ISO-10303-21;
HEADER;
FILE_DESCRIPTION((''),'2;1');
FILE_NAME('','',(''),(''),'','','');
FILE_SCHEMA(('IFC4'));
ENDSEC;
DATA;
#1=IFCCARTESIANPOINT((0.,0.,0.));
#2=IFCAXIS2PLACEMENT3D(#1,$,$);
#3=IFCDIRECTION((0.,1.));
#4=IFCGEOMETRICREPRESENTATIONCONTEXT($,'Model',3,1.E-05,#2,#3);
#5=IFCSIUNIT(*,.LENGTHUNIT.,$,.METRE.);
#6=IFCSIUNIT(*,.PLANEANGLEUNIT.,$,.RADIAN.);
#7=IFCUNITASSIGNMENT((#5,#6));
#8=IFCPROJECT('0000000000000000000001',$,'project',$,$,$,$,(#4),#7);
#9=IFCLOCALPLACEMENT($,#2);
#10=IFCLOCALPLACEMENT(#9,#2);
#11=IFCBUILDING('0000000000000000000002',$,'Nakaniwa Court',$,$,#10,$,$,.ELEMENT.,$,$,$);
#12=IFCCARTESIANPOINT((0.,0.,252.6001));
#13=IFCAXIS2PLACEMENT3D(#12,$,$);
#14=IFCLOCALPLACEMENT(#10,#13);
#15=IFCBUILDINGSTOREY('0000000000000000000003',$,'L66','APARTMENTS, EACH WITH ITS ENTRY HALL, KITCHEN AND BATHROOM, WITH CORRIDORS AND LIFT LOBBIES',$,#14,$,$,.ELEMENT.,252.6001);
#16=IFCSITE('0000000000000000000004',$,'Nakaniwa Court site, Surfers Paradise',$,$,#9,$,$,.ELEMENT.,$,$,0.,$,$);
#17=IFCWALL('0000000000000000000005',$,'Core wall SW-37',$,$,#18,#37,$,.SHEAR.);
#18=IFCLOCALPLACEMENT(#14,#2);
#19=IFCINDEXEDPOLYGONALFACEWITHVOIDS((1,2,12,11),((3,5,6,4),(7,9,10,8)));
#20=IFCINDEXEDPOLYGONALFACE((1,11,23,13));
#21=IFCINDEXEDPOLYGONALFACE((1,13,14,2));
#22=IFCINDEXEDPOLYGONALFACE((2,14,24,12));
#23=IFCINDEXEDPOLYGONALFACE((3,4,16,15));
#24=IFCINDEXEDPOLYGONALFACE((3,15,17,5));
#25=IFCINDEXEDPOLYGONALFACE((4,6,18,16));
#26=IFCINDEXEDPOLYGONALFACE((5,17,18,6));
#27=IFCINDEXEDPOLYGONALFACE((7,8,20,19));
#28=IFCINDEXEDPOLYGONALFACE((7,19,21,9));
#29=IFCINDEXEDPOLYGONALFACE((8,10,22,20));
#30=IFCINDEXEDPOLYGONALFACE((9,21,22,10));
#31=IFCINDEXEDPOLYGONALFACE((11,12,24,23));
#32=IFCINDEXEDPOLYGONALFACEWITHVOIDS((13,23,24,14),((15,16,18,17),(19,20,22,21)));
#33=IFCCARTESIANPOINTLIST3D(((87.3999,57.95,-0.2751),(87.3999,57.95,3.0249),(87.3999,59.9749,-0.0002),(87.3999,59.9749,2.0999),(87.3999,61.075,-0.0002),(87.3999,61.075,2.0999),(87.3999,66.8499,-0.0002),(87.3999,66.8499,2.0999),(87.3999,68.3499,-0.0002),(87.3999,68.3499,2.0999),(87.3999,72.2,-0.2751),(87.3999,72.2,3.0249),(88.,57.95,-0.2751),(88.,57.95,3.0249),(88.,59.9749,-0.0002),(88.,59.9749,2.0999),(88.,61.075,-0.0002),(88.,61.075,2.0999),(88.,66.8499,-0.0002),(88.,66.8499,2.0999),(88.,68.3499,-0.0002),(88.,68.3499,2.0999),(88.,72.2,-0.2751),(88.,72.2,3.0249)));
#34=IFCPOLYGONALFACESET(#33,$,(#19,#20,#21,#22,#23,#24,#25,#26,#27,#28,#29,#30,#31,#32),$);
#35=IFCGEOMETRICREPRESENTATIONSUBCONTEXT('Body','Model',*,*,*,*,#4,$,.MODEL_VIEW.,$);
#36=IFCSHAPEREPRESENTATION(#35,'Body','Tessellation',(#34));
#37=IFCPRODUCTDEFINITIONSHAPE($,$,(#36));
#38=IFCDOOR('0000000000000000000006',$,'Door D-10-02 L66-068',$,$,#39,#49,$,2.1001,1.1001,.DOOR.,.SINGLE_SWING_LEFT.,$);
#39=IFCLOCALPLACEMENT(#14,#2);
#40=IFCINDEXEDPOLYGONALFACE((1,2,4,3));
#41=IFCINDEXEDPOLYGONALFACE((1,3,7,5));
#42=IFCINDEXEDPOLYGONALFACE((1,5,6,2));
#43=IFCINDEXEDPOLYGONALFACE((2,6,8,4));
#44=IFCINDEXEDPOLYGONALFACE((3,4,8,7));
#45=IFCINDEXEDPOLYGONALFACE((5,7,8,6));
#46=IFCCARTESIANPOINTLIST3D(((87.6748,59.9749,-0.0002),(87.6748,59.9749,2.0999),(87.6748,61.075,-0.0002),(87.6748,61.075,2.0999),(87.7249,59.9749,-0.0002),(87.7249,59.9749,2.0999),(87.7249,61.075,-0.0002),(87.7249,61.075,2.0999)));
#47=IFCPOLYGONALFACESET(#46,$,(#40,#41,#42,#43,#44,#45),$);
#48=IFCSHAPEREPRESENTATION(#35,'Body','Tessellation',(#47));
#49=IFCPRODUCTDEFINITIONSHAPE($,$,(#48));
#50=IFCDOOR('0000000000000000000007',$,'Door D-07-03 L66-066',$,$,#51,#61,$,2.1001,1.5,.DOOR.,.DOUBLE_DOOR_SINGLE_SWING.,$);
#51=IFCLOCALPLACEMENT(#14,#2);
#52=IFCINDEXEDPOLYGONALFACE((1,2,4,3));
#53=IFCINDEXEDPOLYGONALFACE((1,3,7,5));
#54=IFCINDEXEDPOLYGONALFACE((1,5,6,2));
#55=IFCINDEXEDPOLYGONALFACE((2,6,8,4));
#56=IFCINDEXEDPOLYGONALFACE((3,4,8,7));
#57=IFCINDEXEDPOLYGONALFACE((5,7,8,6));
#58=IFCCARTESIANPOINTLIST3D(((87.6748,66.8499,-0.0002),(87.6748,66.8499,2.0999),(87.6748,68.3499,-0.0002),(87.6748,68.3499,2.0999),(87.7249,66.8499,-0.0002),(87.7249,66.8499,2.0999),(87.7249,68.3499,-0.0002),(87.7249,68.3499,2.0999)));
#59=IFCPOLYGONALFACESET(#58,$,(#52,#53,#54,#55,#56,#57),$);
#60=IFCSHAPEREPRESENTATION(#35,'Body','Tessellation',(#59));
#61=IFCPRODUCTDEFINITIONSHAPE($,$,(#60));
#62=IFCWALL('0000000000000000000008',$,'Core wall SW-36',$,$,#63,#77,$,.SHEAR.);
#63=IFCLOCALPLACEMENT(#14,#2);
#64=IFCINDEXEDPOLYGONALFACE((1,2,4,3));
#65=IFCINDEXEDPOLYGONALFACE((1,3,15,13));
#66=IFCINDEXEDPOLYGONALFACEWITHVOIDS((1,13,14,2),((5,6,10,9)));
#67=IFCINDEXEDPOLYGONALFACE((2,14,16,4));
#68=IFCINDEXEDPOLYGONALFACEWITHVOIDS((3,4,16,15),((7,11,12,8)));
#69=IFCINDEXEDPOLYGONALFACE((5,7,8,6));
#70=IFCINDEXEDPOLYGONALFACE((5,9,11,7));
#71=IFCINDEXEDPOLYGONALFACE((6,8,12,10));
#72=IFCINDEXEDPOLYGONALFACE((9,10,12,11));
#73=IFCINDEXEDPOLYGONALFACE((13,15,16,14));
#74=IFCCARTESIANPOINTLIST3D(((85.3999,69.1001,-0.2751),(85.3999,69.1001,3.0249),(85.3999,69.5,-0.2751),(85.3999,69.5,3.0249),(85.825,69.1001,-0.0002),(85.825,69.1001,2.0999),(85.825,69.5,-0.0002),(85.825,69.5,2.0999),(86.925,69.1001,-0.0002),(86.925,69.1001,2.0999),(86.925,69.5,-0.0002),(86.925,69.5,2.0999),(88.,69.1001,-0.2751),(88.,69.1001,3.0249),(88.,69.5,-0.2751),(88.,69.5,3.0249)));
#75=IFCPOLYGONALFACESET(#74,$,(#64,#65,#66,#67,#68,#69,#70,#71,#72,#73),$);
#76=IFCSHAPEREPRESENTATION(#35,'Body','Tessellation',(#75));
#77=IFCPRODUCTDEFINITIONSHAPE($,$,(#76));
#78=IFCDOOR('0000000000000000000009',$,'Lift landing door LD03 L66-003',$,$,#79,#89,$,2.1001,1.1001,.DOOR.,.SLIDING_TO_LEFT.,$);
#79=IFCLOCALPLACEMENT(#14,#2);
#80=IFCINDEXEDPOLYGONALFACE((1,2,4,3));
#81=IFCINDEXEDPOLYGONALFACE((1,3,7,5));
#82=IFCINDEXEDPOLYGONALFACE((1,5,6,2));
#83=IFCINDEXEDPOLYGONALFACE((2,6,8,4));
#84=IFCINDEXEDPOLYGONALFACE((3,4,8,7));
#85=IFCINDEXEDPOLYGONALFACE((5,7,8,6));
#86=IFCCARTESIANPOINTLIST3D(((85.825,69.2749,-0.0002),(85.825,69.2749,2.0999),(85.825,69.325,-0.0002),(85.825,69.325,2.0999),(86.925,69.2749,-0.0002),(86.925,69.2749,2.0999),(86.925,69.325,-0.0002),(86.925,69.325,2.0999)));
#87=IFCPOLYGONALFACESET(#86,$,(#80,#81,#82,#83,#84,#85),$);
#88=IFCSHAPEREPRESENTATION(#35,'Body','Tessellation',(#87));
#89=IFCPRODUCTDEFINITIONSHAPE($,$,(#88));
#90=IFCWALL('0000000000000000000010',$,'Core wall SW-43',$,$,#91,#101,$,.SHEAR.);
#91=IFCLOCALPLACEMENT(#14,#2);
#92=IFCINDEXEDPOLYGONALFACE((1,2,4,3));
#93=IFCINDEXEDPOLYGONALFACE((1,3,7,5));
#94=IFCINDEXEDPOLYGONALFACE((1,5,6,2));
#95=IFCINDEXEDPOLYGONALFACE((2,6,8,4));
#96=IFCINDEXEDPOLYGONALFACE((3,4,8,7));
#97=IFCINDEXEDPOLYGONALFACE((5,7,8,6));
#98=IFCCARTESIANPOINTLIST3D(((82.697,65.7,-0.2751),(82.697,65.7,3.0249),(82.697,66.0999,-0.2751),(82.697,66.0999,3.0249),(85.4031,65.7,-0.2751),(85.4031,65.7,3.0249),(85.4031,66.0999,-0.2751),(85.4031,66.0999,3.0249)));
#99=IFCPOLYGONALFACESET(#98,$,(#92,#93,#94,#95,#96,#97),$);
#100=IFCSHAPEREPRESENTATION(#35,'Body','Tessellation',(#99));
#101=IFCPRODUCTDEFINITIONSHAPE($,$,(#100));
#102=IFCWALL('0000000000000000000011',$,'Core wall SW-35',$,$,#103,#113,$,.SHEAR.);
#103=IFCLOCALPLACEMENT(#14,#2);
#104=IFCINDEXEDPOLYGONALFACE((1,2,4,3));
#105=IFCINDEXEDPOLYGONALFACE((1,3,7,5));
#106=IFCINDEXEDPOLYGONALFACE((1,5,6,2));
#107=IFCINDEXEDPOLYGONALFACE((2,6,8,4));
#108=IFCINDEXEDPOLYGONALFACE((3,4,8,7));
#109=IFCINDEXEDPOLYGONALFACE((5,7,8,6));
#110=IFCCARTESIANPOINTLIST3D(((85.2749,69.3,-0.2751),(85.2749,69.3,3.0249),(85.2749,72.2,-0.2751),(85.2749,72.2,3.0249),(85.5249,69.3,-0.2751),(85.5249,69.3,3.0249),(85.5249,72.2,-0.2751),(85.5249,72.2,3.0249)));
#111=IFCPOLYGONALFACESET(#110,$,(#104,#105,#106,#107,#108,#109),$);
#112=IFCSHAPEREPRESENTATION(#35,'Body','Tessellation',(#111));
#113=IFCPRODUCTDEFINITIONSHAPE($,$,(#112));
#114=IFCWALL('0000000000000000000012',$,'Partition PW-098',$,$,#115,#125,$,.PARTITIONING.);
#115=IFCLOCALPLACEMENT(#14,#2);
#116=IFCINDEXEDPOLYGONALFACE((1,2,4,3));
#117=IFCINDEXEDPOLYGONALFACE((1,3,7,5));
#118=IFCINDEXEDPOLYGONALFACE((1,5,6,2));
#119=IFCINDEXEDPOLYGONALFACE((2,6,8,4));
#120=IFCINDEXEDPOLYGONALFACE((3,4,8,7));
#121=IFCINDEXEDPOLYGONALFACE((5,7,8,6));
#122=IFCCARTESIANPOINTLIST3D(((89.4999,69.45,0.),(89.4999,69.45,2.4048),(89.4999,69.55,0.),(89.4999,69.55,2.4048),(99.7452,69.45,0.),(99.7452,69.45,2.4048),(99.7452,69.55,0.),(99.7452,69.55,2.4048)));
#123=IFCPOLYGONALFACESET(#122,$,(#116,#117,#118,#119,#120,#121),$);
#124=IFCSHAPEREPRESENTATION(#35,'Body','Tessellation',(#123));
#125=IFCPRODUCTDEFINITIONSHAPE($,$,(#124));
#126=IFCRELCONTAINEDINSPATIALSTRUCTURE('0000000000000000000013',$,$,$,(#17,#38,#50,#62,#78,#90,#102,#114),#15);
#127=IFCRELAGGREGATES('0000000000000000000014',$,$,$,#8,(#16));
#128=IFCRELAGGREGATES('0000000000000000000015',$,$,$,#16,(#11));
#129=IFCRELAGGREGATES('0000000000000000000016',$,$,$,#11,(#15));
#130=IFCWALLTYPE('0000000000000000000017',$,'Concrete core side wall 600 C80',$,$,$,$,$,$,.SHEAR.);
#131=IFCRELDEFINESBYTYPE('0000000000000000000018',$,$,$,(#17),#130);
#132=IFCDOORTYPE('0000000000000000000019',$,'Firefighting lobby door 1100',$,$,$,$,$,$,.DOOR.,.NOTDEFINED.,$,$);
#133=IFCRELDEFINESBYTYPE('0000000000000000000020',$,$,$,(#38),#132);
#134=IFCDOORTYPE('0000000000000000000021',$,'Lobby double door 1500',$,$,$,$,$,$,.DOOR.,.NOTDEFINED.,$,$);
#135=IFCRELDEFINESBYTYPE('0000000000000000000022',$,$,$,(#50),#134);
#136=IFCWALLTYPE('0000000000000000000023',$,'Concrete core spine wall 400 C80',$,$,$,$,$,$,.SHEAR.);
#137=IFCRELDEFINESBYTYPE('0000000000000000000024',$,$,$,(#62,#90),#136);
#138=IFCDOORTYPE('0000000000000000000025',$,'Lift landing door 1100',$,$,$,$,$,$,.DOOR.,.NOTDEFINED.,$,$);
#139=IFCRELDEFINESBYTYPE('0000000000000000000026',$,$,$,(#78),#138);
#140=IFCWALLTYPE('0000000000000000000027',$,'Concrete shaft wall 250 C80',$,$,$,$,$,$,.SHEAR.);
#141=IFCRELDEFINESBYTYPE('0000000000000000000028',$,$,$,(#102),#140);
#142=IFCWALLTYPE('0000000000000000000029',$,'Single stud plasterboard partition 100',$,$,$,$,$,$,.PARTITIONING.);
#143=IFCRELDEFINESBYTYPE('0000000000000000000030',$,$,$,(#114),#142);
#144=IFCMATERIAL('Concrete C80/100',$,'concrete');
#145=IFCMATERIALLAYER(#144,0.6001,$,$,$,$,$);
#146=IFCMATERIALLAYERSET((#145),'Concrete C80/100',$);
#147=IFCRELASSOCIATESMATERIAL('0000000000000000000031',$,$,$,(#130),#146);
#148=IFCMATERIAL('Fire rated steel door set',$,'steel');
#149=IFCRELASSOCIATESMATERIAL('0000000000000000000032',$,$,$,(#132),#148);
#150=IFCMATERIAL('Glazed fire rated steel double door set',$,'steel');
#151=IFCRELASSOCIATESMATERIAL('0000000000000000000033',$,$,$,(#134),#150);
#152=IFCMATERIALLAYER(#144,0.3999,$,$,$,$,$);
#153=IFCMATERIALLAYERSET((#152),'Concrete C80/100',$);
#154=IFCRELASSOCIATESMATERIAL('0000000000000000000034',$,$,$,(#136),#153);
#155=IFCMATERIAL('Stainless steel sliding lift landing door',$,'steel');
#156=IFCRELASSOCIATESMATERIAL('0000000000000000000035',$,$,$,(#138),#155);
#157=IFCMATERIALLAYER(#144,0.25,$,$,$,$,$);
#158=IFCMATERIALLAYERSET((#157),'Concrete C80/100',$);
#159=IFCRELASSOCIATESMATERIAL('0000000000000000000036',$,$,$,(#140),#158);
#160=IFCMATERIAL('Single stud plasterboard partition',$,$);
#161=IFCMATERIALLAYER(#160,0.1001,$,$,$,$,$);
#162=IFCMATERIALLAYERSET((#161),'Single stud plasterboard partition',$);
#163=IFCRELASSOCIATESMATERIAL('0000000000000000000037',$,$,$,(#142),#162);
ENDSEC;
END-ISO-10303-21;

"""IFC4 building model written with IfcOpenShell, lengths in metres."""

from ifc_helpers import new_model, si_unit, direction, frame, frame_2d, origin, place, context, subcontext, project, spatial, rectangle, extrude, material, layer, layer_set, type_object, element, fill, save


model = new_model("IFC4")

# Units and contexts
model_context = context("Model", 3, precision=1e-05, world=origin(), true_north=direction((0.0, 1.0)))
body_context = subcontext(model_context, "Body", "Model", "MODEL_VIEW")
ifc_project = project(units=[si_unit("LENGTHUNIT", "METRE"), si_unit("PLANEANGLEUNIT", "RADIAN")], contexts=[model_context])

# Site, building, storey
site_placement = place(None, origin())
site = spatial("IfcSite", under=ifc_project, at=site_placement, Name="Nakaniwa Court site, Surfers Paradise", CompositionType="ELEMENT", RefElevation=0.0)
building_placement = place(site_placement, origin())
building = spatial("IfcBuilding", under=site, at=building_placement, Name="Nakaniwa Court", CompositionType="ELEMENT")
storey_placement = place(building_placement, frame((0.0, 0.0, 252.6001)))
storey = spatial("IfcBuildingStorey", under=building, at=storey_placement, Name="L66", Description="APARTMENTS, EACH WITH ITS ENTRY HALL, KITCHEN AND BATHROOM, WITH CORRIDORS AND LIFT LOBBIES", CompositionType="ELEMENT", Elevation=252.6001)

# Shared definitions
ifc_material_1 = material(Name="Concrete C80/100", Category="concrete")

# Shared definitions
ifc_material_2 = material(Name="Fire rated steel door set", Category="steel")

# Wall, openings, doors
ifc_layer_1 = layer(ifc_material_1, 0.6001)
ifc_layer_set_1 = layer_set([ifc_layer_1], Name="Concrete C80/100")
wall_type_1 = type_object("IfcWallType", Name="Concrete core side wall 600 C80", PredefinedType="SHEAR", material=ifc_layer_set_1)
wall_1_placement = place(storey_placement, frame((87.7, 72.2, -0.2751), z_axis=(0.0, 0.0, 1.0), x_axis=(0.0, -1.0, 0.0)))
wall_1 = element("IfcWall", 1, at=wall_1_placement, inside=storey, type_object=wall_type_1, Name="Core wall SW-37", PredefinedType="SHEAR", context=body_context, shape_type="SweptSolid", body=[
    extrude(rectangle(XDim=14.25, YDim=0.6001, at=frame_2d((7.125, 0.0))), origin(), (0.0, 0.0, 1.0), 3.3),
])
opening_1_placement = place(wall_1_placement, frame((3.8501, 0.0, 0.2749)))
opening_1 = element("IfcOpeningElement", 2, at=opening_1_placement, cuts=wall_1, PredefinedType="OPENING", context=body_context, shape_type="SweptSolid", body=[
    extrude(rectangle(XDim=1.5, YDim=2.1001, at=frame_2d((0.75, 1.05))), frame((0.0, 0.3101, 0.0), z_axis=(0.0, -1.0, 0.0), x_axis=(1.0, 0.0, 0.0)), (0.0, 0.0, 1.0), 0.6201),
])
opening_2_placement = place(wall_1_placement, frame((11.125, 0.0, 0.2749)))
opening_2 = element("IfcOpeningElement", 3, at=opening_2_placement, cuts=wall_1, PredefinedType="OPENING", context=body_context, shape_type="SweptSolid", body=[
    extrude(rectangle(XDim=1.1001, YDim=2.1001, at=frame_2d((0.55, 1.05))), frame((0.0, 0.3101, 0.0), z_axis=(0.0, -1.0, 0.0), x_axis=(1.0, 0.0, 0.0)), (0.0, 0.0, 1.0), 0.6201),
])
door_type_1 = type_object("IfcDoorType", Name="Firefighting lobby door 1100", OperationType="NOTDEFINED", PredefinedType="DOOR", material=ifc_material_2)
door_1_placement = place(opening_2_placement, origin())
door_1 = element("IfcDoor", 4, at=door_1_placement, inside=storey, type_object=door_type_1, Name="Door D-10-02 L66-068", OperationType="SINGLE_SWING_LEFT", OverallHeight=2.1001, OverallWidth=1.1001, PredefinedType="DOOR", context=body_context, shape_type="SweptSolid", body=[
    extrude(rectangle(XDim=1.1001, YDim=2.1001, at=frame_2d((0.55, 1.05))), frame((0.0, 0.0249, 0.0), z_axis=(0.0, -1.0, 0.0), x_axis=(1.0, 0.0, 0.0)), (0.0, 0.0, 1.0), 0.05),
])
fill(opening_2, door_1)
ifc_material_3 = material(Name="Glazed fire rated steel double door set", Category="steel")
door_type_2 = type_object("IfcDoorType", Name="Lobby double door 1500", OperationType="NOTDEFINED", PredefinedType="DOOR", material=ifc_material_3)
door_2_placement = place(opening_1_placement, origin())
door_2 = element("IfcDoor", 5, at=door_2_placement, inside=storey, type_object=door_type_2, Name="Door D-07-03 L66-066", OperationType="DOUBLE_DOOR_SINGLE_SWING", OverallHeight=2.1001, OverallWidth=1.5, PredefinedType="DOOR", context=body_context, shape_type="SweptSolid", body=[
    extrude(rectangle(XDim=1.5, YDim=2.1001, at=frame_2d((0.75, 1.05))), frame((0.0, 0.0249, 0.0), z_axis=(0.0, -1.0, 0.0), x_axis=(1.0, 0.0, 0.0)), (0.0, 0.0, 1.0), 0.05),
])
fill(opening_1, door_2)

# Wall, opening, door
ifc_layer_2 = layer(ifc_material_1, 0.3999)
ifc_layer_set_2 = layer_set([ifc_layer_2], Name="Concrete C80/100")
wall_type_2 = type_object("IfcWallType", Name="Concrete core spine wall 400 C80", PredefinedType="SHEAR", material=ifc_layer_set_2)
wall_2_placement = place(storey_placement, frame((85.3999, 69.3, -0.2751), z_axis=(0.0, 0.0, 1.0), x_axis=(1.0, 0.0, 0.0)))
wall_2 = element("IfcWall", 6, at=wall_2_placement, inside=storey, type_object=wall_type_2, Name="Core wall SW-36", PredefinedType="SHEAR", context=body_context, shape_type="SweptSolid", body=[
    extrude(rectangle(XDim=2.6001, YDim=0.3999, at=frame_2d((1.3, 0.0))), origin(), (0.0, 0.0, 1.0), 3.3),
])
opening_3_placement = place(wall_2_placement, frame((0.425, 0.0, 0.2749)))
opening_3 = element("IfcOpeningElement", 7, at=opening_3_placement, cuts=wall_2, PredefinedType="OPENING", context=body_context, shape_type="SweptSolid", body=[
    extrude(rectangle(XDim=1.1001, YDim=2.1001, at=frame_2d((0.55, 1.05))), frame((0.0, 0.21, 0.0), z_axis=(0.0, -1.0, 0.0), x_axis=(1.0, 0.0, 0.0)), (0.0, 0.0, 1.0), 0.4199),
])
ifc_material_4 = material(Name="Stainless steel sliding lift landing door", Category="steel")
door_type_3 = type_object("IfcDoorType", Name="Lift landing door 1100", OperationType="NOTDEFINED", PredefinedType="DOOR", material=ifc_material_4)
door_3_placement = place(opening_3_placement, origin())
door_3 = element("IfcDoor", 8, at=door_3_placement, inside=storey, type_object=door_type_3, Name="Lift landing door LD03 L66-003", OperationType="SLIDING_TO_LEFT", OverallHeight=2.1001, OverallWidth=1.1001, PredefinedType="DOOR", context=body_context, shape_type="SweptSolid", body=[
    extrude(rectangle(XDim=1.1001, YDim=2.1001, at=frame_2d((0.55, 1.05))), frame((0.0, 0.0249, 0.0), z_axis=(0.0, -1.0, 0.0), x_axis=(1.0, 0.0, 0.0)), (0.0, 0.0, 1.0), 0.05),
])
fill(opening_3, door_3)

# Walls
wall_3_placement = place(storey_placement, frame((82.697, 65.8999, -0.2751), z_axis=(0.0, 0.0, 1.0), x_axis=(1.0, 0.0, 0.0)))
element("IfcWall", 9, at=wall_3_placement, inside=storey, type_object=wall_type_2, Name="Core wall SW-43", PredefinedType="SHEAR", context=body_context, shape_type="SweptSolid", body=[
    extrude(rectangle(XDim=2.7061, YDim=0.3999, at=frame_2d((1.353, 0.0))), origin(), (0.0, 0.0, 1.0), 3.3),
])
ifc_layer_3 = layer(ifc_material_1, 0.25)
ifc_layer_set_3 = layer_set([ifc_layer_3], Name="Concrete C80/100")
wall_type_3 = type_object("IfcWallType", Name="Concrete shaft wall 250 C80", PredefinedType="SHEAR", material=ifc_layer_set_3)
wall_4_placement = place(storey_placement, frame((85.3999, 69.3, -0.2751), z_axis=(0.0, 0.0, 1.0), x_axis=(0.0, 1.0, 0.0)))
element("IfcWall", 10, at=wall_4_placement, inside=storey, type_object=wall_type_3, Name="Core wall SW-35", PredefinedType="SHEAR", context=body_context, shape_type="SweptSolid", body=[
    extrude(rectangle(XDim=2.8999, YDim=0.25, at=frame_2d((1.45, 0.0))), origin(), (0.0, 0.0, 1.0), 3.3),
])
ifc_material_5 = material(Name="Single stud plasterboard partition")
ifc_layer_4 = layer(ifc_material_5, 0.1001)
ifc_layer_set_4 = layer_set([ifc_layer_4], Name="Single stud plasterboard partition")
wall_type_4 = type_object("IfcWallType", Name="Single stud plasterboard partition 100", PredefinedType="PARTITIONING", material=ifc_layer_set_4)
wall_5_placement = place(storey_placement, frame((89.5, 69.5, 0.0), z_axis=(0.0, 0.0, 1.0), x_axis=(1.0, 0.0, 0.0)))
element("IfcWall", 11, at=wall_5_placement, inside=storey, type_object=wall_type_4, Name="Partition PW-098", PredefinedType="PARTITIONING", context=body_context, shape_type="SweptSolid", body=[
    extrude(rectangle(XDim=10.2454, YDim=0.1001, at=frame_2d((5.1226, 0.0))), origin(), (0.0, 0.0, 1.0), 2.4048),
])

save(model, "model.ifc")
